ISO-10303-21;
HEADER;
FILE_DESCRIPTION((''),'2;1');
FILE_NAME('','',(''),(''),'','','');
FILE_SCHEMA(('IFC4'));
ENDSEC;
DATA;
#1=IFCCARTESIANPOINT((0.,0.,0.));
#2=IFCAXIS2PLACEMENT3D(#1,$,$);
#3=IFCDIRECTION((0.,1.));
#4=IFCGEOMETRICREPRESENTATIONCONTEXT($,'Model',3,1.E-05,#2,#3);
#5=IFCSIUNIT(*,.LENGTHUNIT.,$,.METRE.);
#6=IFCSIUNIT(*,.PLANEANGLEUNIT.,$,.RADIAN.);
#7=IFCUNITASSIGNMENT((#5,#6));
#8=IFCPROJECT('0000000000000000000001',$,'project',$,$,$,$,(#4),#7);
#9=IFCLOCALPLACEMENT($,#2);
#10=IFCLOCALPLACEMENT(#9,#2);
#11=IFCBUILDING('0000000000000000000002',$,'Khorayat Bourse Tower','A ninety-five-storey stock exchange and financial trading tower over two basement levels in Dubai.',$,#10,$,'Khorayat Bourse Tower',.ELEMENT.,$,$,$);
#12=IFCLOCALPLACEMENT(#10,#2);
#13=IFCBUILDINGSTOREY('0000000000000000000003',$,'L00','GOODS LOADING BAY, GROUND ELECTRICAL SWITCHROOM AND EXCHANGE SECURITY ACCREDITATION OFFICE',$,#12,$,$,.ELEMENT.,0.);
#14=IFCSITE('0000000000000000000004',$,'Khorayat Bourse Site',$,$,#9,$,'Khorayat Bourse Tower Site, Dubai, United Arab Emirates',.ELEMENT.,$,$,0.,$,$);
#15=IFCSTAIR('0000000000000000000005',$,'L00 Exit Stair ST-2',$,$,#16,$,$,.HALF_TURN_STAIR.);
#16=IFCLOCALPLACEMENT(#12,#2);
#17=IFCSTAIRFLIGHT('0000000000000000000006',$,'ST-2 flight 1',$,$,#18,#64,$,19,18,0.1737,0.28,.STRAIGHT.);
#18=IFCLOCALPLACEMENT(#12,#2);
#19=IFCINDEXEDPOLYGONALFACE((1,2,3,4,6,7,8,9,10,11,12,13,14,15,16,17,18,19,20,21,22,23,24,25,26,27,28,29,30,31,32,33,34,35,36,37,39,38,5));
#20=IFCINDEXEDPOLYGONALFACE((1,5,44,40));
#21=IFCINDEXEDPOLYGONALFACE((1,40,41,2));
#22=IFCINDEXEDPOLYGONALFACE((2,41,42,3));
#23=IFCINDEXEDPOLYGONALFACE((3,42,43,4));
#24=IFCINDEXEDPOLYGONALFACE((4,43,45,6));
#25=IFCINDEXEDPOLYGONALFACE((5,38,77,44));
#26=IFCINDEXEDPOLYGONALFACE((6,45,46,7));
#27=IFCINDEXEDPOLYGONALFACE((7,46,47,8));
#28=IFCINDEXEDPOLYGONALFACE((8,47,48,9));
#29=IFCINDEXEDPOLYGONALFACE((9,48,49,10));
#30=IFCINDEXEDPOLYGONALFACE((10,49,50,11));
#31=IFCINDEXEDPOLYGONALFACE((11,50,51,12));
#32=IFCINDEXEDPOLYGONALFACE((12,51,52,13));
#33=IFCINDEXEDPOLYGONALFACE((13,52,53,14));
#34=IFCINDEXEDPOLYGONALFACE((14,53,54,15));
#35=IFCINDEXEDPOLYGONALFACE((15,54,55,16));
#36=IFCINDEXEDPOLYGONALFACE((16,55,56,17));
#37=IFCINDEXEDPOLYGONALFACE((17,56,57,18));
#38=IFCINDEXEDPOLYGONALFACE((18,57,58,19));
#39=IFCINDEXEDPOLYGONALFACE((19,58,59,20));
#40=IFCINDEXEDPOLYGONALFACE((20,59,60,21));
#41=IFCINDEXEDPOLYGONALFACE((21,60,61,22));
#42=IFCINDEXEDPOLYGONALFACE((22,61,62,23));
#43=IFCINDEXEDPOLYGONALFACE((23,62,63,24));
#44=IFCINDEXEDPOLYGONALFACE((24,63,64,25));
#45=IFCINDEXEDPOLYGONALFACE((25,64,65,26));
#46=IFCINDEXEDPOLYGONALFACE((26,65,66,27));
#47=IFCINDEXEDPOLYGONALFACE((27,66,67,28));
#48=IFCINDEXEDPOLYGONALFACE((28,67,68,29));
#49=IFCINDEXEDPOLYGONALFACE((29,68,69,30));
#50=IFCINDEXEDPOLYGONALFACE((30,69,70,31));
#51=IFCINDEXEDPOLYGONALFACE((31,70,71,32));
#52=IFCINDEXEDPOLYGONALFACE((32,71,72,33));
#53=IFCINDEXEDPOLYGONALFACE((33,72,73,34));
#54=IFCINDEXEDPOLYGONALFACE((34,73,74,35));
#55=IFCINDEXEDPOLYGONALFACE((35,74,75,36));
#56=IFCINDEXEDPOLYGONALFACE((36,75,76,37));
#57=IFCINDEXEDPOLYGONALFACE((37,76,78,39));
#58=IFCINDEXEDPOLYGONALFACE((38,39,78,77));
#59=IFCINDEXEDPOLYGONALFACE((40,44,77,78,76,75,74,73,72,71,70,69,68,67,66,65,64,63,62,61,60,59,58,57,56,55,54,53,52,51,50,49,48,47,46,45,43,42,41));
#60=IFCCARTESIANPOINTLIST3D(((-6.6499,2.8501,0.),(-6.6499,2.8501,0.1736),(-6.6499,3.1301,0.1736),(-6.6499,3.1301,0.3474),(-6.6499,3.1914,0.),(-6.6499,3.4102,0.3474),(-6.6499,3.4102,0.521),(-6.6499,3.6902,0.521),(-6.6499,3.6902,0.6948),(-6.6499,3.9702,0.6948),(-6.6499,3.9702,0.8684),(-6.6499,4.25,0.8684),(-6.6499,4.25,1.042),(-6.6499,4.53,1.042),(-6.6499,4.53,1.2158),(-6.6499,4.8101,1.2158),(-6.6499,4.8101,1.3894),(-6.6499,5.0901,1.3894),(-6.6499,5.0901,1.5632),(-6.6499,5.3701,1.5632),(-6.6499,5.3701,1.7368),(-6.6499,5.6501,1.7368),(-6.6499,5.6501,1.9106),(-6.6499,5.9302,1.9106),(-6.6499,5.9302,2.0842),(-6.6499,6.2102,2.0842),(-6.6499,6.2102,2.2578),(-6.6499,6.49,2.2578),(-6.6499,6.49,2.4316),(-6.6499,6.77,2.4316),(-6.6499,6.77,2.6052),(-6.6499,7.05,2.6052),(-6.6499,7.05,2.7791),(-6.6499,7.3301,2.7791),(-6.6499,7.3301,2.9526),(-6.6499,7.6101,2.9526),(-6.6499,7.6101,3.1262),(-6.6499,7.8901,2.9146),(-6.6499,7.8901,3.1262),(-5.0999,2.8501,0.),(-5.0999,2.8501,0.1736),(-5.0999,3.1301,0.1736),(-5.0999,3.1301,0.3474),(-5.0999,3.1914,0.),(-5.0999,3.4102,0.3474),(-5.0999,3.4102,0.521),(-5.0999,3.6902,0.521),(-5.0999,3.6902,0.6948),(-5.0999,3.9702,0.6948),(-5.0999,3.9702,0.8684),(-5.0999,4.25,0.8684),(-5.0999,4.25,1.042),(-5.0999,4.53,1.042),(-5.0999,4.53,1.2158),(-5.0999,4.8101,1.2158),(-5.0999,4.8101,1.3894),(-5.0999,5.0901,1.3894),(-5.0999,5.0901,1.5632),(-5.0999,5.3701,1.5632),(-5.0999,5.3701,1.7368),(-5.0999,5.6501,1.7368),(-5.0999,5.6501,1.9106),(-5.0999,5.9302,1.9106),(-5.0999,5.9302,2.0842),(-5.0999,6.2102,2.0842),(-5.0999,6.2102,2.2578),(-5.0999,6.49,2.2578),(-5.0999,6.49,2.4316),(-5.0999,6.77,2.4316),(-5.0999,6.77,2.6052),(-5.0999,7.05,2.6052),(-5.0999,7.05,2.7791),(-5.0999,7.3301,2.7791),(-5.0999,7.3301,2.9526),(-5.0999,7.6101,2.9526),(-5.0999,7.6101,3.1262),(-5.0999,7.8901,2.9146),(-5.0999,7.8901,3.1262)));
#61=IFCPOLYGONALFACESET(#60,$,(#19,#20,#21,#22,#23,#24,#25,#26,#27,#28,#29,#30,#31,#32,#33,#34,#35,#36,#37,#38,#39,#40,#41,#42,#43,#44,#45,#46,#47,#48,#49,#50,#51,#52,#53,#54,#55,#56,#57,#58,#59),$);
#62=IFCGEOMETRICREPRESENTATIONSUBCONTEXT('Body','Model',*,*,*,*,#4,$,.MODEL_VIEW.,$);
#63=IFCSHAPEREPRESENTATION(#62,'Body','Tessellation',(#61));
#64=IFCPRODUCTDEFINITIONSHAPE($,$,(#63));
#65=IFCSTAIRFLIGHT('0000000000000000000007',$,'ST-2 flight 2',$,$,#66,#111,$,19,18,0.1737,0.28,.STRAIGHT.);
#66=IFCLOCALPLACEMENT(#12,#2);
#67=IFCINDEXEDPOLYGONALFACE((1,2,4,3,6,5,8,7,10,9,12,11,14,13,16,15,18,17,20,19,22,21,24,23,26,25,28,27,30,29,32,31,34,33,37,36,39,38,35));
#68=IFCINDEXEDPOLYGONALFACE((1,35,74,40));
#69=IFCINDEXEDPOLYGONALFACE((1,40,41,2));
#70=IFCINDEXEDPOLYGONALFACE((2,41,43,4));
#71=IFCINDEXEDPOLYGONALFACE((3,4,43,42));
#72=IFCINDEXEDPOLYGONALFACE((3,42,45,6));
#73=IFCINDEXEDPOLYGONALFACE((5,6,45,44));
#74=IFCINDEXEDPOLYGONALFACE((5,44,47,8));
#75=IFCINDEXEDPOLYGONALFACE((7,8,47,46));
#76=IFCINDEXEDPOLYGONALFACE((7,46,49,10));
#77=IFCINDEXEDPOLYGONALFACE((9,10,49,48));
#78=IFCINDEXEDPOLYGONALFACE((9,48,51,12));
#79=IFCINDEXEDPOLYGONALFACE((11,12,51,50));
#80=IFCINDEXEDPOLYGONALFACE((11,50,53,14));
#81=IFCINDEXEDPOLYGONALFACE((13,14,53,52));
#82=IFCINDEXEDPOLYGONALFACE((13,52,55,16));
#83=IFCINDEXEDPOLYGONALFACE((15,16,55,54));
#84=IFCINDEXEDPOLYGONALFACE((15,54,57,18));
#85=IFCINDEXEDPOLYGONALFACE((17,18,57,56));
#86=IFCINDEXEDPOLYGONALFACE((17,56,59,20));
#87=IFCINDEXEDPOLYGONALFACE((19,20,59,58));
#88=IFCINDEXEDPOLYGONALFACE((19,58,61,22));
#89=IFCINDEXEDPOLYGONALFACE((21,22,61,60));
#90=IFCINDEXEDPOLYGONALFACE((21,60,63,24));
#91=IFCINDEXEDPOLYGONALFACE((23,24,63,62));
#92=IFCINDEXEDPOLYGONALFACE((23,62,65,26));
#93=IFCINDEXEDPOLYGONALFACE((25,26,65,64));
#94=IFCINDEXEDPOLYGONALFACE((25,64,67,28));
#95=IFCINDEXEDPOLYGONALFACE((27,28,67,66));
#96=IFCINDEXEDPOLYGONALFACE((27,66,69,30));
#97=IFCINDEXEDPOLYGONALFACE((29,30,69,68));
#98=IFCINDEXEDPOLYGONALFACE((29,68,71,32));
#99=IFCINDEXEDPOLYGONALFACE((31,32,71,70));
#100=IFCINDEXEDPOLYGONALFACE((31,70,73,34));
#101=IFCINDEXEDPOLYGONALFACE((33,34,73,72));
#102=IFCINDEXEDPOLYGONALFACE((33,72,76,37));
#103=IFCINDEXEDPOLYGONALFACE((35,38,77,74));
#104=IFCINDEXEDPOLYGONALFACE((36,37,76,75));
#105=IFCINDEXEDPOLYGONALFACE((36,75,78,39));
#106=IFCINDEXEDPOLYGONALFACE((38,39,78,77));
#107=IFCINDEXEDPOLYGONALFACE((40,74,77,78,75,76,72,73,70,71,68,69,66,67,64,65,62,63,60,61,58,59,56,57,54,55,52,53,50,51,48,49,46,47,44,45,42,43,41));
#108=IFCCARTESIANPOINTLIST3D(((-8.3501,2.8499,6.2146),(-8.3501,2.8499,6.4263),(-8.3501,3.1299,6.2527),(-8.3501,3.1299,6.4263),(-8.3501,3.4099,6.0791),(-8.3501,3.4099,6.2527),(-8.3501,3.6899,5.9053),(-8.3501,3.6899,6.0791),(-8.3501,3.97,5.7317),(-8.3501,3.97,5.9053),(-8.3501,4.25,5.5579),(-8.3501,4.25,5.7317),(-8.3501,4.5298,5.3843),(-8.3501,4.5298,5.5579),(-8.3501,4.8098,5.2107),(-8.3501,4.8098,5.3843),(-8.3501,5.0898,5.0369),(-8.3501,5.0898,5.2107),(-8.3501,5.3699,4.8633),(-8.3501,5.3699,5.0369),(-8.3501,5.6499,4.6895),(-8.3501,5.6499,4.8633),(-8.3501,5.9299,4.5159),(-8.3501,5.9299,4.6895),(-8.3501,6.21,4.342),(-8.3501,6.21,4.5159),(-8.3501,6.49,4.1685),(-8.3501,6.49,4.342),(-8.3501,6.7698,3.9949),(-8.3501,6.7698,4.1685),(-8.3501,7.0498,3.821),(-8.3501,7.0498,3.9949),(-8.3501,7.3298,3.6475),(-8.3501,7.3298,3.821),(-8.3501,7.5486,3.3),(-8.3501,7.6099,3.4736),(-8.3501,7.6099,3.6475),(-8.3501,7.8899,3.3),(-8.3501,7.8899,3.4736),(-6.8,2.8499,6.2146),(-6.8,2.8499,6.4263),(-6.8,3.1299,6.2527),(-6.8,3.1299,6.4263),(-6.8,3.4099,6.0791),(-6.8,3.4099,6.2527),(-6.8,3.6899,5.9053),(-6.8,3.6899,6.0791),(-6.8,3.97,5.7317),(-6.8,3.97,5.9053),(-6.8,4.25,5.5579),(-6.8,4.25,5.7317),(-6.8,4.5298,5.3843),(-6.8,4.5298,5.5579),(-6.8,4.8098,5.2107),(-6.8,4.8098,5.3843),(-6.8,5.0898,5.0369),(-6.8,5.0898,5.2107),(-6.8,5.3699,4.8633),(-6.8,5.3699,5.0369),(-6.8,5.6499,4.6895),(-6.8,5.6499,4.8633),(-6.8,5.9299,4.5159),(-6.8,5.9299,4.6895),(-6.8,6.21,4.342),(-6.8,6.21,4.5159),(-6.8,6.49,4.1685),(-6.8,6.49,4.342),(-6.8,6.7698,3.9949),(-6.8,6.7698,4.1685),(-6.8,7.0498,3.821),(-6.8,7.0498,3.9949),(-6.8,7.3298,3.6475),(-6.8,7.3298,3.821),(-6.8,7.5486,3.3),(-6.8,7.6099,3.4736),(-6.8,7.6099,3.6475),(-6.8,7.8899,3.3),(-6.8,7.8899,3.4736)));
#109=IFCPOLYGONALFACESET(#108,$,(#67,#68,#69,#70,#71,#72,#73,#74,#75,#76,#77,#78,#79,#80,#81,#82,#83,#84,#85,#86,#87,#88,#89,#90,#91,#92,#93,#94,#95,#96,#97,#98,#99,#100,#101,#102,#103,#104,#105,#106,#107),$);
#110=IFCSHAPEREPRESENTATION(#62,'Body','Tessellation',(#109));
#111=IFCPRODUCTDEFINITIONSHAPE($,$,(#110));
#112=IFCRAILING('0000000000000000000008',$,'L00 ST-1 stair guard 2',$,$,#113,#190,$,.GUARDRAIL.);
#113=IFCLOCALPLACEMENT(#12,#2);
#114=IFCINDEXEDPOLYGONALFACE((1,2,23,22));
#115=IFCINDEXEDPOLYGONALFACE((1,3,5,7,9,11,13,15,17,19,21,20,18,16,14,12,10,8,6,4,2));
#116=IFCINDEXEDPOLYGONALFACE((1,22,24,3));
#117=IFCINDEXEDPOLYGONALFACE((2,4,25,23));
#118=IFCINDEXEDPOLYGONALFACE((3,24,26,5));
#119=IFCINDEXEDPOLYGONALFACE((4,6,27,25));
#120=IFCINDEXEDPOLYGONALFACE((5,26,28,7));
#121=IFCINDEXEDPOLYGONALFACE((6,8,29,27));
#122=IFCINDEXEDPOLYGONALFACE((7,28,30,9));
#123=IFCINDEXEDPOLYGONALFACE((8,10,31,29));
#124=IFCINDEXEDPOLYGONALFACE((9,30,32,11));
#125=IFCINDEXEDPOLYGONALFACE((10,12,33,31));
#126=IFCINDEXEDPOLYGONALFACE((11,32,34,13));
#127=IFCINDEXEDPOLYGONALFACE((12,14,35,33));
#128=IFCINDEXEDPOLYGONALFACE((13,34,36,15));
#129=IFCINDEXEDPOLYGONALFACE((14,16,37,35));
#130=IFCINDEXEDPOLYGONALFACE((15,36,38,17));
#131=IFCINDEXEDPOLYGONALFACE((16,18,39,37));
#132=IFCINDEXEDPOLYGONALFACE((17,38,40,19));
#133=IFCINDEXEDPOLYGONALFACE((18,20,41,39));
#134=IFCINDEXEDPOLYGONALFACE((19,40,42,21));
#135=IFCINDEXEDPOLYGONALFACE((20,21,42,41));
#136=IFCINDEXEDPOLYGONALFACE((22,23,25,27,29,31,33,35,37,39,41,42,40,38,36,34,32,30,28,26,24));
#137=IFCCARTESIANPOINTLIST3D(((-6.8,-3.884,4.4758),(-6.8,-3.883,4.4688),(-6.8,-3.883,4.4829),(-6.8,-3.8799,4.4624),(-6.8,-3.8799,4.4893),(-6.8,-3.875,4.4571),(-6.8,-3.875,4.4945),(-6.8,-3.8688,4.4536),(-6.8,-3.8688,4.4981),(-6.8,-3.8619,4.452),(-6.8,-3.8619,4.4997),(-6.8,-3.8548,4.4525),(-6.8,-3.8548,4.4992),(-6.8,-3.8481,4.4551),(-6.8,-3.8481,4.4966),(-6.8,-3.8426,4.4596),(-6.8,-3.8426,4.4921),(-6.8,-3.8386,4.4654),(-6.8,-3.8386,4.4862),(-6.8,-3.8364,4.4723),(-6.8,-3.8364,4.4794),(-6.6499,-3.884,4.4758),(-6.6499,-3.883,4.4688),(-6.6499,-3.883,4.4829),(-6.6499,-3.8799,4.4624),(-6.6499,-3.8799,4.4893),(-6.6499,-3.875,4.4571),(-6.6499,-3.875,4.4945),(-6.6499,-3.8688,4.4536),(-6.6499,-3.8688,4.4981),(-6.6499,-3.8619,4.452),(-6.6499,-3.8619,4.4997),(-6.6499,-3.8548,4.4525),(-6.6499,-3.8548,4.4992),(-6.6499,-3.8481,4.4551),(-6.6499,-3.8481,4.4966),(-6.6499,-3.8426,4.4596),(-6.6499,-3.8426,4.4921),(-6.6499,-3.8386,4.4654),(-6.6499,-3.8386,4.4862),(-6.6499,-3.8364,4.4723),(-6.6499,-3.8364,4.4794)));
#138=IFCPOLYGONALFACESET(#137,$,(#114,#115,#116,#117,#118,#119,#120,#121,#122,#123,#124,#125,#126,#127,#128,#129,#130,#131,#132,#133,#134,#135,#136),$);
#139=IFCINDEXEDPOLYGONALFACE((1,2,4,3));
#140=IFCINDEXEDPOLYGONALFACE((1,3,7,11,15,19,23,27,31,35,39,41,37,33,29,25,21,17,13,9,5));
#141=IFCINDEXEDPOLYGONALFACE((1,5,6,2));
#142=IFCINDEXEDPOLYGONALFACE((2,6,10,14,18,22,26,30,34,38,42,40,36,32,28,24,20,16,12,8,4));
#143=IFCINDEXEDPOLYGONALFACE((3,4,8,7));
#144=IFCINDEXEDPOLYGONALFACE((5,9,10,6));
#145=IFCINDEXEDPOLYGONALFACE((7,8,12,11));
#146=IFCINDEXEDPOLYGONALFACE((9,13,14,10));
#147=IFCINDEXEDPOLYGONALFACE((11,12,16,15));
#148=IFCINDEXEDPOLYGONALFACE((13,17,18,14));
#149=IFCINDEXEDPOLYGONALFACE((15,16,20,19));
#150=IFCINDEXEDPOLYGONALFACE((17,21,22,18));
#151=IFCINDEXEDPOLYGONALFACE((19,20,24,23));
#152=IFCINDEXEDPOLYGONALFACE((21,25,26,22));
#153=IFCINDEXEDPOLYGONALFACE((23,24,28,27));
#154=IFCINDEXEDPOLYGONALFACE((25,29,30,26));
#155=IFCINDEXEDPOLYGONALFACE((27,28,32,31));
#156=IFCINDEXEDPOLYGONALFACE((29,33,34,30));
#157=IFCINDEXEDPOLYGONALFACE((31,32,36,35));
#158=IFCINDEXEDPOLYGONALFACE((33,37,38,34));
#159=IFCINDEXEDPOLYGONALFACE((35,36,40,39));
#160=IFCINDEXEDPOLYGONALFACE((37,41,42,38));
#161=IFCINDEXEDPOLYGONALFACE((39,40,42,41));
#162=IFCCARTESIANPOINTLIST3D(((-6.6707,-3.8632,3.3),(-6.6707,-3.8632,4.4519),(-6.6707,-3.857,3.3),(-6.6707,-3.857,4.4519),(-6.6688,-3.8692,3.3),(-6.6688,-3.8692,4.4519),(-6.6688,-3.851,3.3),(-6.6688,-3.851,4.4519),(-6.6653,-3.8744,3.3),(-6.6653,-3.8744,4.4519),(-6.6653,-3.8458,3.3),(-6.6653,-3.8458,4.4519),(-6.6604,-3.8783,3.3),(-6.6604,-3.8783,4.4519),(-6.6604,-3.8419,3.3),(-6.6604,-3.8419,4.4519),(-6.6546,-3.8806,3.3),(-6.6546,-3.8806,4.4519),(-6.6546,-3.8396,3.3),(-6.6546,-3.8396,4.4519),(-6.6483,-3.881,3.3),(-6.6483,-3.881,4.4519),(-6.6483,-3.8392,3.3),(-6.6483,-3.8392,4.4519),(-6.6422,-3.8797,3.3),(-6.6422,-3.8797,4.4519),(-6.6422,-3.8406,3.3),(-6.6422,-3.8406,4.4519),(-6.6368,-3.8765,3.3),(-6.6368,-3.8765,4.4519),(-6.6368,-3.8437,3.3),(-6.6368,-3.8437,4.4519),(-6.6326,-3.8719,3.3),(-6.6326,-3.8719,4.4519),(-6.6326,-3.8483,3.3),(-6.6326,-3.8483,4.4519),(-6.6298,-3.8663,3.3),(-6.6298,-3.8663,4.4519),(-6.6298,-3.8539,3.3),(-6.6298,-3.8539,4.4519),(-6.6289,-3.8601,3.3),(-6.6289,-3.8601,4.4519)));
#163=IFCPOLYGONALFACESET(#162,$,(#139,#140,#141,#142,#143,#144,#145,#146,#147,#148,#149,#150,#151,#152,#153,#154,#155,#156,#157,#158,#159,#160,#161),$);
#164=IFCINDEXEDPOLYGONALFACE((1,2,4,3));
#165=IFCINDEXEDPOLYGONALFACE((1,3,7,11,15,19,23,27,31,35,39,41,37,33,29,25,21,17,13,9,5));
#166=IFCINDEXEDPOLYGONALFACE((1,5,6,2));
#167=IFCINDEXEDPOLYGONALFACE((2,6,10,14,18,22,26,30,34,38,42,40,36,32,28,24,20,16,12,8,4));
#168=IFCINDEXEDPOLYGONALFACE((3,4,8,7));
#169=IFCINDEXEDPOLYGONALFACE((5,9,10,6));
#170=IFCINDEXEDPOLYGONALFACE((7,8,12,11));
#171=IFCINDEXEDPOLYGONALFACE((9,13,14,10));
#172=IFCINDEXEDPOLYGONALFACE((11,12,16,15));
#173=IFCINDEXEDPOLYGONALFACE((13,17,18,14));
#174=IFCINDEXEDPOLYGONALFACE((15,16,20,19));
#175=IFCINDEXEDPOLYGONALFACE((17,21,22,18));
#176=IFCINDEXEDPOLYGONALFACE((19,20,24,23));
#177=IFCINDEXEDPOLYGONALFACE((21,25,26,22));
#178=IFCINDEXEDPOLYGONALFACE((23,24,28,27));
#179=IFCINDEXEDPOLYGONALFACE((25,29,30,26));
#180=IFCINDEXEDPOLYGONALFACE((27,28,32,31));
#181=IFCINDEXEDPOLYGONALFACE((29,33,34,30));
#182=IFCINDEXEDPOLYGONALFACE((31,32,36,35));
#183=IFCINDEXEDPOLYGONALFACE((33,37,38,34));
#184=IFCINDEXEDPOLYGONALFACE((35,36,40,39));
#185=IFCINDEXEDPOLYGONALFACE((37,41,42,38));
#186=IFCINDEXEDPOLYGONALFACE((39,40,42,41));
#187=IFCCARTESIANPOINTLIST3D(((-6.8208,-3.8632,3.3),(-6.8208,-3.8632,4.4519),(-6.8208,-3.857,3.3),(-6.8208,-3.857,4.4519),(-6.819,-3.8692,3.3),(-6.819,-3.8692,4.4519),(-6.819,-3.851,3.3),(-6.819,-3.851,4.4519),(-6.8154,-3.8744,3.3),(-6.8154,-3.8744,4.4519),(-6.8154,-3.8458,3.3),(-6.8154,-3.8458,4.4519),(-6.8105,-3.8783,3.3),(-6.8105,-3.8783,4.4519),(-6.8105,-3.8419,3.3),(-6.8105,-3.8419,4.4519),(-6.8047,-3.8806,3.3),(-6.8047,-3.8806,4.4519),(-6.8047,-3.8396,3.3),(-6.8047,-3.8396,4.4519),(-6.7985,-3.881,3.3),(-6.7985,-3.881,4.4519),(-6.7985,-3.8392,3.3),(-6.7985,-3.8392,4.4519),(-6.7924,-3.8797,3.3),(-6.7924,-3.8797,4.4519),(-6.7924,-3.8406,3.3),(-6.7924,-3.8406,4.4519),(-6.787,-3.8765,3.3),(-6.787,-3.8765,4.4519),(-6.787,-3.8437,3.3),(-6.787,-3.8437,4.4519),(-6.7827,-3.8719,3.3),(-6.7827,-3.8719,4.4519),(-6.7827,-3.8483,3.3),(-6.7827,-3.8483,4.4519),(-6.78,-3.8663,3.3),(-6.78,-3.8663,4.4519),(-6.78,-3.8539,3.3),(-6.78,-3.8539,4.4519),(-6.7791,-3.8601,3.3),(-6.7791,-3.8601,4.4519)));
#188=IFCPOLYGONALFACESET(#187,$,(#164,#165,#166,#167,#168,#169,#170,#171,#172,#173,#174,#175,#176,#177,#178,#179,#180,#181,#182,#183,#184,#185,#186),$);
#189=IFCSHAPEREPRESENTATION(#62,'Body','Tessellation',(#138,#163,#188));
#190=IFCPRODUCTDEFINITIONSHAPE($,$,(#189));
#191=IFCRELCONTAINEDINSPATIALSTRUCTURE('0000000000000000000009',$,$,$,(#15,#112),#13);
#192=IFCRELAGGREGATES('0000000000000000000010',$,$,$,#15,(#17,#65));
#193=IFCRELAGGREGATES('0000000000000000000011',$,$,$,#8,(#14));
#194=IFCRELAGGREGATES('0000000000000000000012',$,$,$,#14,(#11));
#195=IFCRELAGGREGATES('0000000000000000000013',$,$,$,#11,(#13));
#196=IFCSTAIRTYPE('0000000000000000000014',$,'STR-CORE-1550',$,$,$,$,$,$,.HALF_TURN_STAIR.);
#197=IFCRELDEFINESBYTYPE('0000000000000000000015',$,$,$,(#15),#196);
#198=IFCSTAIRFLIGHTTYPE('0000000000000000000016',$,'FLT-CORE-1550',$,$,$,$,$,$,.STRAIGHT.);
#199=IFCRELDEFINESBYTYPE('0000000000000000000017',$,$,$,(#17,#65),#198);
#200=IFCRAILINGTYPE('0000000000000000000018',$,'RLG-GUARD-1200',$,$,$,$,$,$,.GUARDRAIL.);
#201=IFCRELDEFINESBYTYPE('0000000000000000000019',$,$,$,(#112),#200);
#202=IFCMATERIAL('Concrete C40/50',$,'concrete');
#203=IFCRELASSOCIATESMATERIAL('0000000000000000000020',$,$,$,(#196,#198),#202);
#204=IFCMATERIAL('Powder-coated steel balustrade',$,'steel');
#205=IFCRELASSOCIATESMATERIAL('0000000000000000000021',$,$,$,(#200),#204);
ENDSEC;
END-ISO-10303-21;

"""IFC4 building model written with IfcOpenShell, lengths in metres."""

from ifc_helpers import new_model, si_unit, direction, frame, origin, origin_2d, place, context, subcontext, project, spatial, polyline, circle, outline, extrude, source, transform, mapped, material, type_object, element, aggregate, save


model = new_model("IFC4")

# Units and contexts
model_context = context("Model", 3, precision=1e-05, world=origin(), true_north=direction((0.0, 1.0)))
body_context = subcontext(model_context, "Body", "Model", "MODEL_VIEW")
ifc_project = project(units=[si_unit("LENGTHUNIT", "METRE"), si_unit("PLANEANGLEUNIT", "RADIAN")], contexts=[model_context])

# Site, building, storey
site_placement = place(None, origin())
site = spatial("IfcSite", under=ifc_project, at=site_placement, Name="Khorayat Bourse Site", LongName="Khorayat Bourse Tower Site, Dubai, United Arab Emirates", CompositionType="ELEMENT", RefElevation=0.0)
building_placement = place(site_placement, origin())
building = spatial("IfcBuilding", under=site, at=building_placement, Name="Khorayat Bourse Tower", Description="A ninety-five-storey stock exchange and financial trading tower over two basement levels in Dubai.", LongName="Khorayat Bourse Tower", CompositionType="ELEMENT")
storey_placement = place(building_placement, origin())
storey = spatial("IfcBuildingStorey", under=building, at=storey_placement, Name="L00", Description="GOODS LOADING BAY, GROUND ELECTRICAL SWITCHROOM AND EXCHANGE SECURITY ACCREDITATION OFFICE", CompositionType="ELEMENT", Elevation=0.0)

# Shared definitions
ifc_material_1 = material(Name="Concrete C40/50", Category="concrete")
stair_type = type_object("IfcStairType", Name="STR-CORE-1550", PredefinedType="HALF_TURN_STAIR", material=ifc_material_1)
stair_flight_type = type_object("IfcStairFlightType", Name="FLT-CORE-1550", PredefinedType="STRAIGHT", material=ifc_material_1)
shared_shape_1 = source(origin(), body_context, "Body", "SweptSolid", [
    extrude(outline(polyline([(0.0, 0.0), (0.0, 0.1736), (0.28, 0.1736), (0.28, 0.3474), (0.5601, 0.3474), (0.5601, 0.521), (0.8401, 0.521), (0.8401, 0.6948), (1.1201, 0.6948), (1.1201, 0.8684), (1.3999, 0.8684), (1.3999, 1.042), (1.6799, 1.042), (1.6799, 1.2158), (1.96, 1.2158), (1.96, 1.3894), (2.24, 1.3894), (2.24, 1.5632), (2.52, 1.5632), (2.52, 1.7368), (2.8, 1.7368), (2.8, 1.9106), (3.0801, 1.9106), (3.0801, 2.0842), (3.3601, 2.0842), (3.3601, 2.2578), (3.6399, 2.2578), (3.6399, 2.4316), (3.9199, 2.4316), (3.9199, 2.6052), (4.2, 2.6052), (4.2, 2.7791), (4.48, 2.7791), (4.48, 2.9526), (4.76, 2.9526), (4.76, 3.1262), (5.04, 3.1262), (5.04, 3.3), (5.04, 2.9146), (0.3413, 0.0), (0.0, 0.0)])), frame((0.0, 0.7749, 0.0), z_axis=(0.0, -1.0, 0.0), x_axis=(1.0, 0.0, 0.0)), (0.0, 0.0, 1.0), 1.55),
])

# Stair, stair flights
stair_1_placement = place(storey_placement, origin())
stair_1 = element("IfcStair", 1, at=stair_1_placement, inside=storey, type_object=stair_type, Name="L00 Exit Stair ST-2", PredefinedType="HALF_TURN_STAIR")
stair_flight_1_placement = place(storey_placement, frame((-5.875, 2.8501, 0.0), z_axis=(0.0, 0.0, 1.0), x_axis=(0.0, 1.0, 0.0)))
stair_flight_1 = element("IfcStairFlight", 2, at=stair_flight_1_placement, type_object=stair_flight_type, Name="ST-2 flight 1", NumberOfRisers=19, NumberOfTreads=18, PredefinedType="STRAIGHT", RiserHeight=0.1737, TreadLength=0.28, context=body_context, shape_type="MappedRepresentation", body=[
    mapped(shared_shape_1, transform((0.0, 0.0, 0.0), scale=1.0)),
])
stair_flight_2_placement = place(storey_placement, frame((-7.575, 7.8899, 3.3), z_axis=(0.0, 0.0, 1.0), x_axis=(0.0, -1.0, 0.0)))
stair_flight_2 = element("IfcStairFlight", 3, at=stair_flight_2_placement, type_object=stair_flight_type, Name="ST-2 flight 2", NumberOfRisers=19, NumberOfTreads=18, PredefinedType="STRAIGHT", RiserHeight=0.1737, TreadLength=0.28, context=body_context, shape_type="MappedRepresentation", body=[
    mapped(shared_shape_1, transform((0.0, 0.0, 0.0), scale=1.0)),
])
aggregate(stair_1, [stair_flight_1, stair_flight_2])

# Railing
ifc_material_2 = material(Name="Powder-coated steel balustrade", Category="steel")
railing_type_1 = type_object("IfcRailingType", Name="RLG-GUARD-1200", PredefinedType="GUARDRAIL", material=ifc_material_2)
shared_shape_2 = source(origin(), body_context, "Body", "SweptSolid", [
    extrude(circle(Radius=0.0239, at=origin_2d()), frame((0.0, 0.0, 1.1758), z_axis=(-1.0, 0.0, 0.0), x_axis=(0.0, -1.0, 0.0)), (0.0, 0.0, 1.0), 0.1501),
    extrude(circle(Radius=0.021, at=origin_2d()), origin(), (0.0, 0.0, 1.0), 1.1519),
    extrude(circle(Radius=0.021, at=origin_2d()), frame((-0.1501, 0.0, 0.0)), (0.0, 0.0, 1.0), 1.1519),
])
for number, where, name in (
    (4, (-6.6499, -3.8601, 3.3), "L00 ST-1 stair guard 2"),
):
    element("IfcRailing", number, at=place(storey_placement, frame(where)), inside=storey, type_object=railing_type_1, Name=name, PredefinedType="GUARDRAIL", context=body_context, shape_type="MappedRepresentation", body=[
        mapped(shared_shape_2, transform((0.0, 0.0, 0.0), scale=1.0)),
    ])

save(model, "model.ifc")
